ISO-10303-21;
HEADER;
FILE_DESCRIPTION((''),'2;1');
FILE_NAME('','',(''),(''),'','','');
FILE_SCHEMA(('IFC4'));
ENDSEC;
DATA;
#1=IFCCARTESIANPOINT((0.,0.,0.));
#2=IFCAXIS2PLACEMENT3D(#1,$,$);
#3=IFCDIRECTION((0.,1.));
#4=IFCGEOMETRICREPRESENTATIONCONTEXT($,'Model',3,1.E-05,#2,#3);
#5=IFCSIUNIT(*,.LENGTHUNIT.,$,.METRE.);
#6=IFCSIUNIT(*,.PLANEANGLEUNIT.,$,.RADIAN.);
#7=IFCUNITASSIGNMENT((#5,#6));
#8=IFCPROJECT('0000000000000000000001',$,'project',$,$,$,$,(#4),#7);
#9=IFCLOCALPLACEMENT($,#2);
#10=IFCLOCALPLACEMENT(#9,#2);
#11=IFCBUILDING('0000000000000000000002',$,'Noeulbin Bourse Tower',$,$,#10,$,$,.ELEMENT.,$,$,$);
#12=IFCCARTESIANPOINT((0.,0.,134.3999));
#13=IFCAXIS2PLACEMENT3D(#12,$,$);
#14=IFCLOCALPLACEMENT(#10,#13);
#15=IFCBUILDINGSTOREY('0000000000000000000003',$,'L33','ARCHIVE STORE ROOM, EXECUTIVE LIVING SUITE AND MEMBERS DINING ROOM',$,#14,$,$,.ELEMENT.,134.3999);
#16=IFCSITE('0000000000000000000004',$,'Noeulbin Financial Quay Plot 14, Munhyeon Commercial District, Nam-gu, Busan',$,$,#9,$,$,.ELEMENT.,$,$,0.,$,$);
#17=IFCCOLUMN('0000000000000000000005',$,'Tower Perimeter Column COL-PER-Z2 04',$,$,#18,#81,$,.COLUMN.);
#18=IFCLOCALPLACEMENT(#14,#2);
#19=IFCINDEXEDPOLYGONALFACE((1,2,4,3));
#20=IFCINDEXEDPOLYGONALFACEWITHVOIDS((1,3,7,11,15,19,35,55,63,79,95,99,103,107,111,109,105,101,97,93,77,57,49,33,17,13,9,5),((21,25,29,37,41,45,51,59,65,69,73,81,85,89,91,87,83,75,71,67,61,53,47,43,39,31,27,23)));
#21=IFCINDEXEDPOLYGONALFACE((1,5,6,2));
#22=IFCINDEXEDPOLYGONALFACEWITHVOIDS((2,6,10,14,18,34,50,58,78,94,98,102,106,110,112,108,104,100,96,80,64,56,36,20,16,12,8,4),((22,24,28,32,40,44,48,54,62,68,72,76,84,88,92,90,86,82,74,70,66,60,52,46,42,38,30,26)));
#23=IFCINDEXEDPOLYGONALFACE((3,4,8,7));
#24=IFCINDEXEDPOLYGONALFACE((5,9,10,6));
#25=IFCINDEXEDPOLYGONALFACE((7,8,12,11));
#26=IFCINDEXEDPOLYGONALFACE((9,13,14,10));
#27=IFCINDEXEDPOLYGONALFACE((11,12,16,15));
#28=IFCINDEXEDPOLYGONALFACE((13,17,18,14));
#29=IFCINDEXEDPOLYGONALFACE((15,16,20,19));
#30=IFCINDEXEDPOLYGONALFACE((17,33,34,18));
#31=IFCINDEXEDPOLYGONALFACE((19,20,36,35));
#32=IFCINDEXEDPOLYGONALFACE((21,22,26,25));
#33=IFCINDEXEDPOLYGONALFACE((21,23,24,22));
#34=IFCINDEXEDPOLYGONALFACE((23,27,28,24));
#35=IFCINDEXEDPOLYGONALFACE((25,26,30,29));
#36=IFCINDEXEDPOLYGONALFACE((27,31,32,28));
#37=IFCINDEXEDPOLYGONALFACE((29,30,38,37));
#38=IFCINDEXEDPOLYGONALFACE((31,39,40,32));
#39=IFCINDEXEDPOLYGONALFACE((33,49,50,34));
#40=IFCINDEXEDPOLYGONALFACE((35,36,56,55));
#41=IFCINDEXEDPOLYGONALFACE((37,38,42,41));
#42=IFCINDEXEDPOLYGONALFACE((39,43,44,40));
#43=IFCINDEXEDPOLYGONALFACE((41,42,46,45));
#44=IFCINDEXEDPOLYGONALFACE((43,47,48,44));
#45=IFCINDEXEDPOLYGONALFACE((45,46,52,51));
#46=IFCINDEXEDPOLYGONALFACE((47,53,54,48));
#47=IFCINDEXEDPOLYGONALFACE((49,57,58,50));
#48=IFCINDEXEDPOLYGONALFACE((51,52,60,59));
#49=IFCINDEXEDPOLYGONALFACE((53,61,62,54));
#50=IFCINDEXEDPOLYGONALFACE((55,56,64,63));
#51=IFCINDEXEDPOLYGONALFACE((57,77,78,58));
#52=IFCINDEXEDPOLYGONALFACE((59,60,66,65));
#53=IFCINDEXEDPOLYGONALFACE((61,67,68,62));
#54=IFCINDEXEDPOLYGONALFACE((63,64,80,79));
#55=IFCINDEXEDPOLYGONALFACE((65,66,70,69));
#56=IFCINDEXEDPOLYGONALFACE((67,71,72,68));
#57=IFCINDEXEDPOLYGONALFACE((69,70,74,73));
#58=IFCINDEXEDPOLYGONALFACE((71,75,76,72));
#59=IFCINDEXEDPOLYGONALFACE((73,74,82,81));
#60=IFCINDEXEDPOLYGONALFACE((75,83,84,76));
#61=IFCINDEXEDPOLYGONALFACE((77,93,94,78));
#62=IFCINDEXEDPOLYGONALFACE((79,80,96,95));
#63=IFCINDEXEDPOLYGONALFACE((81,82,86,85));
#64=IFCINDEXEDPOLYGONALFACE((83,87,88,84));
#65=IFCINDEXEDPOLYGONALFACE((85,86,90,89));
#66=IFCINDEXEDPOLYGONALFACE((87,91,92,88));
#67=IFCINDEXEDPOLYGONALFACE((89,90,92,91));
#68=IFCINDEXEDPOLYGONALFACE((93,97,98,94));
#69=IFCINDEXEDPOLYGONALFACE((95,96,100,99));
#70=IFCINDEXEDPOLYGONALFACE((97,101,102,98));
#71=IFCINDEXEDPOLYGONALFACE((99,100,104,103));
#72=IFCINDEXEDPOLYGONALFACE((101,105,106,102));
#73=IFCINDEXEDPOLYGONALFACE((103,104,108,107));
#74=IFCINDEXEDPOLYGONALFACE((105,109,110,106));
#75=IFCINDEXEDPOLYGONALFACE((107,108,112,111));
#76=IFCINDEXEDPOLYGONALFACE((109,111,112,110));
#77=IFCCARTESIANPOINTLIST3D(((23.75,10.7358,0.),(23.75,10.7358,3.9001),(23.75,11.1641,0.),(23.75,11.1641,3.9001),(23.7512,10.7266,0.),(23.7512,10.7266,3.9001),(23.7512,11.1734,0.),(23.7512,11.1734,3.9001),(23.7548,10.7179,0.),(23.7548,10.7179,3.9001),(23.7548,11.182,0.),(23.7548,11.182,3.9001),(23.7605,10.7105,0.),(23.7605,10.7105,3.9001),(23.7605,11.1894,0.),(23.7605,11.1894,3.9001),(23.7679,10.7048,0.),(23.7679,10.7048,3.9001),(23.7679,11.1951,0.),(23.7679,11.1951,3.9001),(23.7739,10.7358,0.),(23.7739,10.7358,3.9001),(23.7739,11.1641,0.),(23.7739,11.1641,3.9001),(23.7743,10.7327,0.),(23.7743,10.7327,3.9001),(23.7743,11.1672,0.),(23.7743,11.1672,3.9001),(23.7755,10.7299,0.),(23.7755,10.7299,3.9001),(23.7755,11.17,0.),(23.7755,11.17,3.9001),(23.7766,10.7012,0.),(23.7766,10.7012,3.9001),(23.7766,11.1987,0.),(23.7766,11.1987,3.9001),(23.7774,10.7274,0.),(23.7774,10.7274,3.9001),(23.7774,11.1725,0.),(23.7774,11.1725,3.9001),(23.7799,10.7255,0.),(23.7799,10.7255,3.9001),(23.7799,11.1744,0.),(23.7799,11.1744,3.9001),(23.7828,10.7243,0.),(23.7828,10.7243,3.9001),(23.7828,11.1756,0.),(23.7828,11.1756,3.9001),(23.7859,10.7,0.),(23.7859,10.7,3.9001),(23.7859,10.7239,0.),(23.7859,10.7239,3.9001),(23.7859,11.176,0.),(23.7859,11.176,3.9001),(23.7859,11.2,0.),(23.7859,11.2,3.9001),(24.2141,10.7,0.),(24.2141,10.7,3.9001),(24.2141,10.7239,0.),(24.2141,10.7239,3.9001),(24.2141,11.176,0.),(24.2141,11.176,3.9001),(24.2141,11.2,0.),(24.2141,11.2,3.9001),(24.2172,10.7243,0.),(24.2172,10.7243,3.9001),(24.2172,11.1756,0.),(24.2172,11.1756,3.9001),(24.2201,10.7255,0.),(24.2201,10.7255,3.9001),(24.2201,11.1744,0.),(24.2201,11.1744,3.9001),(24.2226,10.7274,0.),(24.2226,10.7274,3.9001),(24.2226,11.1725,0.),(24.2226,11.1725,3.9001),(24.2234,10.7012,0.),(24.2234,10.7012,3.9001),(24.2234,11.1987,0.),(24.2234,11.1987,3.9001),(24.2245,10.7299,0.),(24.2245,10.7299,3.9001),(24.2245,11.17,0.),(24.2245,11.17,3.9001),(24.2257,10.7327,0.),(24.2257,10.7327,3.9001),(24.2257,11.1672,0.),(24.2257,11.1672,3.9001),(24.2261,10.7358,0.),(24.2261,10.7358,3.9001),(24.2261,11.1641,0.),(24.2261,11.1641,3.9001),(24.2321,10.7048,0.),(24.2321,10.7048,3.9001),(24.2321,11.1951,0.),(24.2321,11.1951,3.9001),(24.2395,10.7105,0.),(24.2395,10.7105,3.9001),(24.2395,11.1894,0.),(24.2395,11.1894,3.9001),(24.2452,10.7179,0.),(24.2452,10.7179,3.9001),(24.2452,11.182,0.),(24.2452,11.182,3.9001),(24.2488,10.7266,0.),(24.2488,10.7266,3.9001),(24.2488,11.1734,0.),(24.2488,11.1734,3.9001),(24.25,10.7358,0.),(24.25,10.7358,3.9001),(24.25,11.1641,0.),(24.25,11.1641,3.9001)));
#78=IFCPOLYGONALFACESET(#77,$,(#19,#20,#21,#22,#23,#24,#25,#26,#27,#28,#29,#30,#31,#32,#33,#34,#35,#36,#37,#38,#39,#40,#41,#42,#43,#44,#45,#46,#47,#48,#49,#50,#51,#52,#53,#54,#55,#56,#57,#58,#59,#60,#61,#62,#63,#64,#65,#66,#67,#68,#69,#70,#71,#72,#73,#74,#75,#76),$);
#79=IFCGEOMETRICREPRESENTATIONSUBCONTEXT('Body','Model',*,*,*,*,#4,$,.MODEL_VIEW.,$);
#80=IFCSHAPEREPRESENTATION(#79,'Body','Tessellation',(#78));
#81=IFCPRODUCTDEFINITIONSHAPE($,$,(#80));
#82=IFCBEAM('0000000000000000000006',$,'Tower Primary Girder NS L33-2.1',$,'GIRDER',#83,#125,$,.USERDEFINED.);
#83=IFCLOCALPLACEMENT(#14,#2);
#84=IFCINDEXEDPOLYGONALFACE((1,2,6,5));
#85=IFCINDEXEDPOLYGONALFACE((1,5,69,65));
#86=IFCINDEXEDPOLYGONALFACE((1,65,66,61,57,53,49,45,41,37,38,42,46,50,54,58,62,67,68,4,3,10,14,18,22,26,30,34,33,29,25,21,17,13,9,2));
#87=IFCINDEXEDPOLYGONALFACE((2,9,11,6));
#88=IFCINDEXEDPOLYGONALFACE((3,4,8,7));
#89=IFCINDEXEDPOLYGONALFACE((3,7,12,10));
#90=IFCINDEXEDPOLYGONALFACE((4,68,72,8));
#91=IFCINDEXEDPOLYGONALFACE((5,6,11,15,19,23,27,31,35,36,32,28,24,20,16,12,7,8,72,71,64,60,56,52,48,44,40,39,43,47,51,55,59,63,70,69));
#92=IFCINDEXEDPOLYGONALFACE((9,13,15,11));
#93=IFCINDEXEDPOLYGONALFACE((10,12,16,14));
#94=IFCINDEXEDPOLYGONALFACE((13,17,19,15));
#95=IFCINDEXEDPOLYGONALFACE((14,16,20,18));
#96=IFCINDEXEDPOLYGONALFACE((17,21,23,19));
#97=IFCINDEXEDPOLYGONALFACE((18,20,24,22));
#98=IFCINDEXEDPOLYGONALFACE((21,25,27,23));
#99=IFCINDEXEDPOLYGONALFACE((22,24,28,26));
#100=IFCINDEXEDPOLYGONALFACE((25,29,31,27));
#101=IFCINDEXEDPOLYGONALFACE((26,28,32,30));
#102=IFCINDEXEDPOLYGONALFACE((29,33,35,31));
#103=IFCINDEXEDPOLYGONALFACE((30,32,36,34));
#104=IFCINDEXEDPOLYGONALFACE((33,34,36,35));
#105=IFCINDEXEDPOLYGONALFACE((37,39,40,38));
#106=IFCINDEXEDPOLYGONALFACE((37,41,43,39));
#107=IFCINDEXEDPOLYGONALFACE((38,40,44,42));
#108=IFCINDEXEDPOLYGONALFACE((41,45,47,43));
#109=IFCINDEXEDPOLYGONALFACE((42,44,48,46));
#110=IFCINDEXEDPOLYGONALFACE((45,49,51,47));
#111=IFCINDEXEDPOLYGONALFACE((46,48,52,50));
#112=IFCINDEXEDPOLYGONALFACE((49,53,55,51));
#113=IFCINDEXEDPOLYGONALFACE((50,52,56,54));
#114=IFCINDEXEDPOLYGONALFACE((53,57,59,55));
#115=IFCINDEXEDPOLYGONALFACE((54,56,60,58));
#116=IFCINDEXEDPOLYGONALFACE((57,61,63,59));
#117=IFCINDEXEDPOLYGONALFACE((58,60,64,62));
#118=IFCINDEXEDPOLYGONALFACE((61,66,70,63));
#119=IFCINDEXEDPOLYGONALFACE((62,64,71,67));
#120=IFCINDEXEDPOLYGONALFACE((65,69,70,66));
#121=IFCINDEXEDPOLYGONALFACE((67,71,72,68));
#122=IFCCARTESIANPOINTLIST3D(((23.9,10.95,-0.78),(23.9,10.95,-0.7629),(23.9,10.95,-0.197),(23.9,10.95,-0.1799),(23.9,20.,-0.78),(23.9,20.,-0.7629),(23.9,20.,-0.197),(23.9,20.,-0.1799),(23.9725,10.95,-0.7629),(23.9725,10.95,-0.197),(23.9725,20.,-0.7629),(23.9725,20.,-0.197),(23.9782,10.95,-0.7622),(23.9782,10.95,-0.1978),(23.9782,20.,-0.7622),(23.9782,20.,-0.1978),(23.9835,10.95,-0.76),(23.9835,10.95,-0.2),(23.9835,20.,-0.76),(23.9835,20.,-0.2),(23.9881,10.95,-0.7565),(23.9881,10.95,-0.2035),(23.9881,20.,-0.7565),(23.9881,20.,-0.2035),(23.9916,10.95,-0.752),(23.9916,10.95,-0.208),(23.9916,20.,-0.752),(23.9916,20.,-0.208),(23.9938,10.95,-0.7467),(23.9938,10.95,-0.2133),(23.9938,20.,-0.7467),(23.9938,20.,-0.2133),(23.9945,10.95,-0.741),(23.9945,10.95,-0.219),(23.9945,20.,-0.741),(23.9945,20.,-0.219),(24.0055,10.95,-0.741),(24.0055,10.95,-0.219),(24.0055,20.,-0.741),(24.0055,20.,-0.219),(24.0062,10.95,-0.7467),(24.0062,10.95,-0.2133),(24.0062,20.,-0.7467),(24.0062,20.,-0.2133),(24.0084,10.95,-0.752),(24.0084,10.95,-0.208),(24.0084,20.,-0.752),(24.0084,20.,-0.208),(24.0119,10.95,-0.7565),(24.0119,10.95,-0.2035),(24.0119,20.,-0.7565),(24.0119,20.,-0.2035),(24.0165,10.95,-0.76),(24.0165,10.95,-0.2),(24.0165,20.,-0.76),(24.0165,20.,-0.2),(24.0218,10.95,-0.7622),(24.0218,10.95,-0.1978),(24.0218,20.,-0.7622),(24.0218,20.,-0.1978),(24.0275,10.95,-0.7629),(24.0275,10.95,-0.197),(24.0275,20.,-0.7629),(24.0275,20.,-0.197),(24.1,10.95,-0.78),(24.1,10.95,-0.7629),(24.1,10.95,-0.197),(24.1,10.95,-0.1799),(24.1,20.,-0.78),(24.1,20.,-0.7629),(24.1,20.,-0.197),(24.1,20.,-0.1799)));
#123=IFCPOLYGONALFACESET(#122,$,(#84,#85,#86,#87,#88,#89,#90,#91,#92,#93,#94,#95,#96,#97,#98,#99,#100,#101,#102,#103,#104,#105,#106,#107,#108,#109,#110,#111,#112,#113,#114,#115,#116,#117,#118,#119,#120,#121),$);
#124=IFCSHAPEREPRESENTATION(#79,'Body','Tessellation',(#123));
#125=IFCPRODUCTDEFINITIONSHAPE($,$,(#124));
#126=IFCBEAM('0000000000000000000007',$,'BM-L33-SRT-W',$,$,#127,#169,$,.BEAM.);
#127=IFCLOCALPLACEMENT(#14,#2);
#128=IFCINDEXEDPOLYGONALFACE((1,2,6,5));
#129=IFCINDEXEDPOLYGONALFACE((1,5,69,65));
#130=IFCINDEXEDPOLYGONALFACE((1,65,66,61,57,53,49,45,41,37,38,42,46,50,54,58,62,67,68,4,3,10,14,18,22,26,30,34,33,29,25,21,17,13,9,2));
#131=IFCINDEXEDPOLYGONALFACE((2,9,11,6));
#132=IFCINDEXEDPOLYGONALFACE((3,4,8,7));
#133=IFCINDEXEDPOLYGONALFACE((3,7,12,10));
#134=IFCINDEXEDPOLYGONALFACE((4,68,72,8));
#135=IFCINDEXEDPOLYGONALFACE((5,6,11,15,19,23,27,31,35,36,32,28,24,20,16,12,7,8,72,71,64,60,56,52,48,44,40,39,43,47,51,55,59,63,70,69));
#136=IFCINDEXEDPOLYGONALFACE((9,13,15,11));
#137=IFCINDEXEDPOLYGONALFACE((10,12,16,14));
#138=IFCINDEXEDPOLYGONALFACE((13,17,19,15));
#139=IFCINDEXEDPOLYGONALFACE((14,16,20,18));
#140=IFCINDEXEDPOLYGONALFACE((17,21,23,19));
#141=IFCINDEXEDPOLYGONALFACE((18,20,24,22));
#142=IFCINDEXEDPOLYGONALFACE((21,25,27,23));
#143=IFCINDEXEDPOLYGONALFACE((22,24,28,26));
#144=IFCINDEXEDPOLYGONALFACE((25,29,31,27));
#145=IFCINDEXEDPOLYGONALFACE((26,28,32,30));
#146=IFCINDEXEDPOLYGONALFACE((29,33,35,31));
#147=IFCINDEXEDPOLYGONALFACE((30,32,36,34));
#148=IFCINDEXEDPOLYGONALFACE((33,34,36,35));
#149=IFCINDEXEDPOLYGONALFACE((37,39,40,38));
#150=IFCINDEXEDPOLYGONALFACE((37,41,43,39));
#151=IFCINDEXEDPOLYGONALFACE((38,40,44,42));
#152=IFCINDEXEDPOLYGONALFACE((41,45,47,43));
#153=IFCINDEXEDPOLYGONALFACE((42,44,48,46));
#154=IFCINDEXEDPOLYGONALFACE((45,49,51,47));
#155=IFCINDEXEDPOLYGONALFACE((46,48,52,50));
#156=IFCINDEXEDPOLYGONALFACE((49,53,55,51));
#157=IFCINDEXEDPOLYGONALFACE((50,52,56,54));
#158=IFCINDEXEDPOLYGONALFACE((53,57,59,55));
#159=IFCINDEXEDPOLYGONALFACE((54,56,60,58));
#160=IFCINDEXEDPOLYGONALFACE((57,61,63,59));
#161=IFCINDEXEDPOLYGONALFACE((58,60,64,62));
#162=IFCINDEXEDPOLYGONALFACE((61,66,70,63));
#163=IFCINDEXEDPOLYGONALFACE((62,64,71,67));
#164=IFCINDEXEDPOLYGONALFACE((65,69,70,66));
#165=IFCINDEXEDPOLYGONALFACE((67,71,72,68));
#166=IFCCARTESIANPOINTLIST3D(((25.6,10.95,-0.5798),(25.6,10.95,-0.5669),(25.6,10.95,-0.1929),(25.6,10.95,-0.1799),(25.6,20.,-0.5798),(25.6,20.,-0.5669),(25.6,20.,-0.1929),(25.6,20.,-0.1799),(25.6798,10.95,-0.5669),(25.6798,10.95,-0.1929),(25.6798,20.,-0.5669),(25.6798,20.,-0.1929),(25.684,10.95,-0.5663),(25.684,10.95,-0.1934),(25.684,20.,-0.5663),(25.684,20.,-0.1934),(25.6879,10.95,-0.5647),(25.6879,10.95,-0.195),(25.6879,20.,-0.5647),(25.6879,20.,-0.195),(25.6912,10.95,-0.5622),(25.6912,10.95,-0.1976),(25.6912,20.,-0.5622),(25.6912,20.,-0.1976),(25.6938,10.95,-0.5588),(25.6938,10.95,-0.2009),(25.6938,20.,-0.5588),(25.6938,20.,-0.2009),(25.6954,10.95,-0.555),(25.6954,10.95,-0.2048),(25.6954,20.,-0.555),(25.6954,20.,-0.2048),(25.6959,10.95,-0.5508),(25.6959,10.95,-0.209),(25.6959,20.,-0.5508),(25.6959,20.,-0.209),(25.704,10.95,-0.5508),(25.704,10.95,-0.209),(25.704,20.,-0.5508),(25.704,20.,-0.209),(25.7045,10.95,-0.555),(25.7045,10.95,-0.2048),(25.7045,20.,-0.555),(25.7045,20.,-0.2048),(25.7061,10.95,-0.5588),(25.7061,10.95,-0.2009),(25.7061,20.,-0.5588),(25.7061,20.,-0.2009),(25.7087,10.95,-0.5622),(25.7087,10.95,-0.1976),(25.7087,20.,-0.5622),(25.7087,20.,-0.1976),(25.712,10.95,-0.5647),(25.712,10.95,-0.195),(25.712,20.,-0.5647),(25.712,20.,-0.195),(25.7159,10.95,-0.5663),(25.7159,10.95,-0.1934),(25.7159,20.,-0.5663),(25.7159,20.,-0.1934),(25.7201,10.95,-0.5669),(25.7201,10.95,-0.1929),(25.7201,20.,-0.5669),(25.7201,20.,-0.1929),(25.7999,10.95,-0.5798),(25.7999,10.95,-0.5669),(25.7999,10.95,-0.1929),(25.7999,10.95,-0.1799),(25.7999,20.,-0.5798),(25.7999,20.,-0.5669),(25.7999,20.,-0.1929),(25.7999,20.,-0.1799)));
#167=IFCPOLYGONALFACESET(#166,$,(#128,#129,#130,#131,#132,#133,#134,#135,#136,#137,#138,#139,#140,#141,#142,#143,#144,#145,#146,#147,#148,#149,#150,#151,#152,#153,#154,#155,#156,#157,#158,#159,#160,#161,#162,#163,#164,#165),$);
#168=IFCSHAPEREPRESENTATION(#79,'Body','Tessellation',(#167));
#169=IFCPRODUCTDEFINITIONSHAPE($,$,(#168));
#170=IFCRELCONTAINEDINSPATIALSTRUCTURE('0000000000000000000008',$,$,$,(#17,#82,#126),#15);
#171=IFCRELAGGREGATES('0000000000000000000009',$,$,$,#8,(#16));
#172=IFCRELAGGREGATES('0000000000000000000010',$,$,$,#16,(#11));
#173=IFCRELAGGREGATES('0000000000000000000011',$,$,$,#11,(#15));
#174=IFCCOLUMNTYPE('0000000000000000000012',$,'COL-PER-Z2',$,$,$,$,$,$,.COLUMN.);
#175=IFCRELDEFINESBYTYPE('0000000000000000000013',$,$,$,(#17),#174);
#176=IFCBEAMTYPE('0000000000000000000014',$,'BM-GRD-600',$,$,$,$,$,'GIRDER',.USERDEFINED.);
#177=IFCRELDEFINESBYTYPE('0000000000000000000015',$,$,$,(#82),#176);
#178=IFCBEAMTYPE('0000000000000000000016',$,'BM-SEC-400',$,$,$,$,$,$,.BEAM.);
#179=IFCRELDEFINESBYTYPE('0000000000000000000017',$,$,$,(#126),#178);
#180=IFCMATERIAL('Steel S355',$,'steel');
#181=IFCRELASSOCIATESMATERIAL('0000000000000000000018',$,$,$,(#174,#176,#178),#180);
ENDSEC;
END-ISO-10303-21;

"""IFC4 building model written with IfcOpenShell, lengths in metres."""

from ifc_helpers import new_model, si_unit, direction, frame, origin, origin_2d, place, context, subcontext, project, spatial, hollow_rectangle, i_section, extrude, material, material_profile, profile_set, type_object, element, save


model = new_model("IFC4")

# Units and contexts
model_context = context("Model", 3, precision=1e-05, world=origin(), true_north=direction((0.0, 1.0)))
body_context = subcontext(model_context, "Body", "Model", "MODEL_VIEW")
ifc_project = project(units=[si_unit("LENGTHUNIT", "METRE"), si_unit("PLANEANGLEUNIT", "RADIAN")], contexts=[model_context])

# Site, building, storey
site_placement = place(None, origin())
site = spatial("IfcSite", under=ifc_project, at=site_placement, Name="Noeulbin Financial Quay Plot 14, Munhyeon Commercial District, Nam-gu, Busan", CompositionType="ELEMENT", RefElevation=0.0)
building_placement = place(site_placement, origin())
building = spatial("IfcBuilding", under=site, at=building_placement, Name="Noeulbin Bourse Tower", CompositionType="ELEMENT")
storey_placement = place(building_placement, frame((0.0, 0.0, 134.3999)))
storey = spatial("IfcBuildingStorey", under=building, at=storey_placement, Name="L33", Description="ARCHIVE STORE ROOM, EXECUTIVE LIVING SUITE AND MEMBERS DINING ROOM", CompositionType="ELEMENT", Elevation=134.3999)

# Column
ifc_material_1 = material(Name="Steel S355", Category="steel")
ifc_material_profile_1 = material_profile(ifc_material_1, hollow_rectangle(XDim=0.5, YDim=0.5, WallThickness=0.0239, InnerFilletRadius=0.012, OuterFilletRadius=0.0359, at=origin_2d()), Name="BOX-500x500x24", Category="LoadBearing")
ifc_profile_set_1 = profile_set([ifc_material_profile_1], Name="Steel S355")
column_type = type_object("IfcColumnType", Name="COL-PER-Z2", PredefinedType="COLUMN", material=ifc_profile_set_1)
column_placement = place(storey_placement, frame((24.0, 10.95, 0.0), z_axis=(0.0, 0.0, 1.0), x_axis=(1.0, 0.0, 0.0)))
element("IfcColumn", 1, at=column_placement, inside=storey, type_object=column_type, Name="Tower Perimeter Column COL-PER-Z2 04", PredefinedType="COLUMN", context=body_context, shape_type="SweptSolid", body=[
    extrude(hollow_rectangle(XDim=0.5, YDim=0.5, WallThickness=0.0239, InnerFilletRadius=0.012, OuterFilletRadius=0.0359, at=origin_2d()), origin(), (0.0, 0.0, 1.0), 3.9001),
])

# Beams
ifc_material_profile_2 = material_profile(ifc_material_1, i_section(OverallWidth=0.2, OverallDepth=0.6001, WebThickness=0.011, FlangeThickness=0.0171, FilletRadius=0.022, at=origin_2d()), Name="H-600x200x11x17", Category="LoadBearing")
ifc_profile_set_2 = profile_set([ifc_material_profile_2], Name="Steel S355")
beam_type_1 = type_object("IfcBeamType", Name="BM-GRD-600", ElementType="GIRDER", PredefinedType="USERDEFINED", material=ifc_profile_set_2)
beam_1_placement = place(storey_placement, frame((24.0, 10.95, -0.48), z_axis=(0.0, 1.0, 0.0), x_axis=(-1.0, 0.0, 0.0)))
element("IfcBeam", 2, at=beam_1_placement, inside=storey, type_object=beam_type_1, Name="Tower Primary Girder NS L33-2.1", ObjectType="GIRDER", PredefinedType="USERDEFINED", context=body_context, shape_type="SweptSolid", body=[
    extrude(i_section(OverallWidth=0.2, OverallDepth=0.6001, WebThickness=0.011, FlangeThickness=0.0171, FilletRadius=0.022, at=origin_2d()), origin(), (0.0, 0.0, 1.0), 9.05),
])
ifc_material_profile_3 = material_profile(ifc_material_1, i_section(OverallWidth=0.2, OverallDepth=0.3999, WebThickness=0.0081, FlangeThickness=0.0129, FilletRadius=0.0161, at=origin_2d()), Name="H-400x200x8x13", Category="LoadBearing")
ifc_profile_set_3 = profile_set([ifc_material_profile_3], Name="Steel S355")
beam_type_2 = type_object("IfcBeamType", Name="BM-SEC-400", PredefinedType="BEAM", material=ifc_profile_set_3)
beam_2_placement = place(storey_placement, frame((25.7, 10.95, -0.3799), z_axis=(0.0, 1.0, 0.0), x_axis=(-1.0, 0.0, 0.0)))
element("IfcBeam", 3, at=beam_2_placement, inside=storey, type_object=beam_type_2, Name="BM-L33-SRT-W", PredefinedType="BEAM", context=body_context, shape_type="SweptSolid", body=[
    extrude(i_section(OverallWidth=0.2, OverallDepth=0.3999, WebThickness=0.0081, FlangeThickness=0.0129, FilletRadius=0.0161, at=origin_2d()), origin(), (0.0, 0.0, 1.0), 9.05),
])

save(model, "model.ifc")
